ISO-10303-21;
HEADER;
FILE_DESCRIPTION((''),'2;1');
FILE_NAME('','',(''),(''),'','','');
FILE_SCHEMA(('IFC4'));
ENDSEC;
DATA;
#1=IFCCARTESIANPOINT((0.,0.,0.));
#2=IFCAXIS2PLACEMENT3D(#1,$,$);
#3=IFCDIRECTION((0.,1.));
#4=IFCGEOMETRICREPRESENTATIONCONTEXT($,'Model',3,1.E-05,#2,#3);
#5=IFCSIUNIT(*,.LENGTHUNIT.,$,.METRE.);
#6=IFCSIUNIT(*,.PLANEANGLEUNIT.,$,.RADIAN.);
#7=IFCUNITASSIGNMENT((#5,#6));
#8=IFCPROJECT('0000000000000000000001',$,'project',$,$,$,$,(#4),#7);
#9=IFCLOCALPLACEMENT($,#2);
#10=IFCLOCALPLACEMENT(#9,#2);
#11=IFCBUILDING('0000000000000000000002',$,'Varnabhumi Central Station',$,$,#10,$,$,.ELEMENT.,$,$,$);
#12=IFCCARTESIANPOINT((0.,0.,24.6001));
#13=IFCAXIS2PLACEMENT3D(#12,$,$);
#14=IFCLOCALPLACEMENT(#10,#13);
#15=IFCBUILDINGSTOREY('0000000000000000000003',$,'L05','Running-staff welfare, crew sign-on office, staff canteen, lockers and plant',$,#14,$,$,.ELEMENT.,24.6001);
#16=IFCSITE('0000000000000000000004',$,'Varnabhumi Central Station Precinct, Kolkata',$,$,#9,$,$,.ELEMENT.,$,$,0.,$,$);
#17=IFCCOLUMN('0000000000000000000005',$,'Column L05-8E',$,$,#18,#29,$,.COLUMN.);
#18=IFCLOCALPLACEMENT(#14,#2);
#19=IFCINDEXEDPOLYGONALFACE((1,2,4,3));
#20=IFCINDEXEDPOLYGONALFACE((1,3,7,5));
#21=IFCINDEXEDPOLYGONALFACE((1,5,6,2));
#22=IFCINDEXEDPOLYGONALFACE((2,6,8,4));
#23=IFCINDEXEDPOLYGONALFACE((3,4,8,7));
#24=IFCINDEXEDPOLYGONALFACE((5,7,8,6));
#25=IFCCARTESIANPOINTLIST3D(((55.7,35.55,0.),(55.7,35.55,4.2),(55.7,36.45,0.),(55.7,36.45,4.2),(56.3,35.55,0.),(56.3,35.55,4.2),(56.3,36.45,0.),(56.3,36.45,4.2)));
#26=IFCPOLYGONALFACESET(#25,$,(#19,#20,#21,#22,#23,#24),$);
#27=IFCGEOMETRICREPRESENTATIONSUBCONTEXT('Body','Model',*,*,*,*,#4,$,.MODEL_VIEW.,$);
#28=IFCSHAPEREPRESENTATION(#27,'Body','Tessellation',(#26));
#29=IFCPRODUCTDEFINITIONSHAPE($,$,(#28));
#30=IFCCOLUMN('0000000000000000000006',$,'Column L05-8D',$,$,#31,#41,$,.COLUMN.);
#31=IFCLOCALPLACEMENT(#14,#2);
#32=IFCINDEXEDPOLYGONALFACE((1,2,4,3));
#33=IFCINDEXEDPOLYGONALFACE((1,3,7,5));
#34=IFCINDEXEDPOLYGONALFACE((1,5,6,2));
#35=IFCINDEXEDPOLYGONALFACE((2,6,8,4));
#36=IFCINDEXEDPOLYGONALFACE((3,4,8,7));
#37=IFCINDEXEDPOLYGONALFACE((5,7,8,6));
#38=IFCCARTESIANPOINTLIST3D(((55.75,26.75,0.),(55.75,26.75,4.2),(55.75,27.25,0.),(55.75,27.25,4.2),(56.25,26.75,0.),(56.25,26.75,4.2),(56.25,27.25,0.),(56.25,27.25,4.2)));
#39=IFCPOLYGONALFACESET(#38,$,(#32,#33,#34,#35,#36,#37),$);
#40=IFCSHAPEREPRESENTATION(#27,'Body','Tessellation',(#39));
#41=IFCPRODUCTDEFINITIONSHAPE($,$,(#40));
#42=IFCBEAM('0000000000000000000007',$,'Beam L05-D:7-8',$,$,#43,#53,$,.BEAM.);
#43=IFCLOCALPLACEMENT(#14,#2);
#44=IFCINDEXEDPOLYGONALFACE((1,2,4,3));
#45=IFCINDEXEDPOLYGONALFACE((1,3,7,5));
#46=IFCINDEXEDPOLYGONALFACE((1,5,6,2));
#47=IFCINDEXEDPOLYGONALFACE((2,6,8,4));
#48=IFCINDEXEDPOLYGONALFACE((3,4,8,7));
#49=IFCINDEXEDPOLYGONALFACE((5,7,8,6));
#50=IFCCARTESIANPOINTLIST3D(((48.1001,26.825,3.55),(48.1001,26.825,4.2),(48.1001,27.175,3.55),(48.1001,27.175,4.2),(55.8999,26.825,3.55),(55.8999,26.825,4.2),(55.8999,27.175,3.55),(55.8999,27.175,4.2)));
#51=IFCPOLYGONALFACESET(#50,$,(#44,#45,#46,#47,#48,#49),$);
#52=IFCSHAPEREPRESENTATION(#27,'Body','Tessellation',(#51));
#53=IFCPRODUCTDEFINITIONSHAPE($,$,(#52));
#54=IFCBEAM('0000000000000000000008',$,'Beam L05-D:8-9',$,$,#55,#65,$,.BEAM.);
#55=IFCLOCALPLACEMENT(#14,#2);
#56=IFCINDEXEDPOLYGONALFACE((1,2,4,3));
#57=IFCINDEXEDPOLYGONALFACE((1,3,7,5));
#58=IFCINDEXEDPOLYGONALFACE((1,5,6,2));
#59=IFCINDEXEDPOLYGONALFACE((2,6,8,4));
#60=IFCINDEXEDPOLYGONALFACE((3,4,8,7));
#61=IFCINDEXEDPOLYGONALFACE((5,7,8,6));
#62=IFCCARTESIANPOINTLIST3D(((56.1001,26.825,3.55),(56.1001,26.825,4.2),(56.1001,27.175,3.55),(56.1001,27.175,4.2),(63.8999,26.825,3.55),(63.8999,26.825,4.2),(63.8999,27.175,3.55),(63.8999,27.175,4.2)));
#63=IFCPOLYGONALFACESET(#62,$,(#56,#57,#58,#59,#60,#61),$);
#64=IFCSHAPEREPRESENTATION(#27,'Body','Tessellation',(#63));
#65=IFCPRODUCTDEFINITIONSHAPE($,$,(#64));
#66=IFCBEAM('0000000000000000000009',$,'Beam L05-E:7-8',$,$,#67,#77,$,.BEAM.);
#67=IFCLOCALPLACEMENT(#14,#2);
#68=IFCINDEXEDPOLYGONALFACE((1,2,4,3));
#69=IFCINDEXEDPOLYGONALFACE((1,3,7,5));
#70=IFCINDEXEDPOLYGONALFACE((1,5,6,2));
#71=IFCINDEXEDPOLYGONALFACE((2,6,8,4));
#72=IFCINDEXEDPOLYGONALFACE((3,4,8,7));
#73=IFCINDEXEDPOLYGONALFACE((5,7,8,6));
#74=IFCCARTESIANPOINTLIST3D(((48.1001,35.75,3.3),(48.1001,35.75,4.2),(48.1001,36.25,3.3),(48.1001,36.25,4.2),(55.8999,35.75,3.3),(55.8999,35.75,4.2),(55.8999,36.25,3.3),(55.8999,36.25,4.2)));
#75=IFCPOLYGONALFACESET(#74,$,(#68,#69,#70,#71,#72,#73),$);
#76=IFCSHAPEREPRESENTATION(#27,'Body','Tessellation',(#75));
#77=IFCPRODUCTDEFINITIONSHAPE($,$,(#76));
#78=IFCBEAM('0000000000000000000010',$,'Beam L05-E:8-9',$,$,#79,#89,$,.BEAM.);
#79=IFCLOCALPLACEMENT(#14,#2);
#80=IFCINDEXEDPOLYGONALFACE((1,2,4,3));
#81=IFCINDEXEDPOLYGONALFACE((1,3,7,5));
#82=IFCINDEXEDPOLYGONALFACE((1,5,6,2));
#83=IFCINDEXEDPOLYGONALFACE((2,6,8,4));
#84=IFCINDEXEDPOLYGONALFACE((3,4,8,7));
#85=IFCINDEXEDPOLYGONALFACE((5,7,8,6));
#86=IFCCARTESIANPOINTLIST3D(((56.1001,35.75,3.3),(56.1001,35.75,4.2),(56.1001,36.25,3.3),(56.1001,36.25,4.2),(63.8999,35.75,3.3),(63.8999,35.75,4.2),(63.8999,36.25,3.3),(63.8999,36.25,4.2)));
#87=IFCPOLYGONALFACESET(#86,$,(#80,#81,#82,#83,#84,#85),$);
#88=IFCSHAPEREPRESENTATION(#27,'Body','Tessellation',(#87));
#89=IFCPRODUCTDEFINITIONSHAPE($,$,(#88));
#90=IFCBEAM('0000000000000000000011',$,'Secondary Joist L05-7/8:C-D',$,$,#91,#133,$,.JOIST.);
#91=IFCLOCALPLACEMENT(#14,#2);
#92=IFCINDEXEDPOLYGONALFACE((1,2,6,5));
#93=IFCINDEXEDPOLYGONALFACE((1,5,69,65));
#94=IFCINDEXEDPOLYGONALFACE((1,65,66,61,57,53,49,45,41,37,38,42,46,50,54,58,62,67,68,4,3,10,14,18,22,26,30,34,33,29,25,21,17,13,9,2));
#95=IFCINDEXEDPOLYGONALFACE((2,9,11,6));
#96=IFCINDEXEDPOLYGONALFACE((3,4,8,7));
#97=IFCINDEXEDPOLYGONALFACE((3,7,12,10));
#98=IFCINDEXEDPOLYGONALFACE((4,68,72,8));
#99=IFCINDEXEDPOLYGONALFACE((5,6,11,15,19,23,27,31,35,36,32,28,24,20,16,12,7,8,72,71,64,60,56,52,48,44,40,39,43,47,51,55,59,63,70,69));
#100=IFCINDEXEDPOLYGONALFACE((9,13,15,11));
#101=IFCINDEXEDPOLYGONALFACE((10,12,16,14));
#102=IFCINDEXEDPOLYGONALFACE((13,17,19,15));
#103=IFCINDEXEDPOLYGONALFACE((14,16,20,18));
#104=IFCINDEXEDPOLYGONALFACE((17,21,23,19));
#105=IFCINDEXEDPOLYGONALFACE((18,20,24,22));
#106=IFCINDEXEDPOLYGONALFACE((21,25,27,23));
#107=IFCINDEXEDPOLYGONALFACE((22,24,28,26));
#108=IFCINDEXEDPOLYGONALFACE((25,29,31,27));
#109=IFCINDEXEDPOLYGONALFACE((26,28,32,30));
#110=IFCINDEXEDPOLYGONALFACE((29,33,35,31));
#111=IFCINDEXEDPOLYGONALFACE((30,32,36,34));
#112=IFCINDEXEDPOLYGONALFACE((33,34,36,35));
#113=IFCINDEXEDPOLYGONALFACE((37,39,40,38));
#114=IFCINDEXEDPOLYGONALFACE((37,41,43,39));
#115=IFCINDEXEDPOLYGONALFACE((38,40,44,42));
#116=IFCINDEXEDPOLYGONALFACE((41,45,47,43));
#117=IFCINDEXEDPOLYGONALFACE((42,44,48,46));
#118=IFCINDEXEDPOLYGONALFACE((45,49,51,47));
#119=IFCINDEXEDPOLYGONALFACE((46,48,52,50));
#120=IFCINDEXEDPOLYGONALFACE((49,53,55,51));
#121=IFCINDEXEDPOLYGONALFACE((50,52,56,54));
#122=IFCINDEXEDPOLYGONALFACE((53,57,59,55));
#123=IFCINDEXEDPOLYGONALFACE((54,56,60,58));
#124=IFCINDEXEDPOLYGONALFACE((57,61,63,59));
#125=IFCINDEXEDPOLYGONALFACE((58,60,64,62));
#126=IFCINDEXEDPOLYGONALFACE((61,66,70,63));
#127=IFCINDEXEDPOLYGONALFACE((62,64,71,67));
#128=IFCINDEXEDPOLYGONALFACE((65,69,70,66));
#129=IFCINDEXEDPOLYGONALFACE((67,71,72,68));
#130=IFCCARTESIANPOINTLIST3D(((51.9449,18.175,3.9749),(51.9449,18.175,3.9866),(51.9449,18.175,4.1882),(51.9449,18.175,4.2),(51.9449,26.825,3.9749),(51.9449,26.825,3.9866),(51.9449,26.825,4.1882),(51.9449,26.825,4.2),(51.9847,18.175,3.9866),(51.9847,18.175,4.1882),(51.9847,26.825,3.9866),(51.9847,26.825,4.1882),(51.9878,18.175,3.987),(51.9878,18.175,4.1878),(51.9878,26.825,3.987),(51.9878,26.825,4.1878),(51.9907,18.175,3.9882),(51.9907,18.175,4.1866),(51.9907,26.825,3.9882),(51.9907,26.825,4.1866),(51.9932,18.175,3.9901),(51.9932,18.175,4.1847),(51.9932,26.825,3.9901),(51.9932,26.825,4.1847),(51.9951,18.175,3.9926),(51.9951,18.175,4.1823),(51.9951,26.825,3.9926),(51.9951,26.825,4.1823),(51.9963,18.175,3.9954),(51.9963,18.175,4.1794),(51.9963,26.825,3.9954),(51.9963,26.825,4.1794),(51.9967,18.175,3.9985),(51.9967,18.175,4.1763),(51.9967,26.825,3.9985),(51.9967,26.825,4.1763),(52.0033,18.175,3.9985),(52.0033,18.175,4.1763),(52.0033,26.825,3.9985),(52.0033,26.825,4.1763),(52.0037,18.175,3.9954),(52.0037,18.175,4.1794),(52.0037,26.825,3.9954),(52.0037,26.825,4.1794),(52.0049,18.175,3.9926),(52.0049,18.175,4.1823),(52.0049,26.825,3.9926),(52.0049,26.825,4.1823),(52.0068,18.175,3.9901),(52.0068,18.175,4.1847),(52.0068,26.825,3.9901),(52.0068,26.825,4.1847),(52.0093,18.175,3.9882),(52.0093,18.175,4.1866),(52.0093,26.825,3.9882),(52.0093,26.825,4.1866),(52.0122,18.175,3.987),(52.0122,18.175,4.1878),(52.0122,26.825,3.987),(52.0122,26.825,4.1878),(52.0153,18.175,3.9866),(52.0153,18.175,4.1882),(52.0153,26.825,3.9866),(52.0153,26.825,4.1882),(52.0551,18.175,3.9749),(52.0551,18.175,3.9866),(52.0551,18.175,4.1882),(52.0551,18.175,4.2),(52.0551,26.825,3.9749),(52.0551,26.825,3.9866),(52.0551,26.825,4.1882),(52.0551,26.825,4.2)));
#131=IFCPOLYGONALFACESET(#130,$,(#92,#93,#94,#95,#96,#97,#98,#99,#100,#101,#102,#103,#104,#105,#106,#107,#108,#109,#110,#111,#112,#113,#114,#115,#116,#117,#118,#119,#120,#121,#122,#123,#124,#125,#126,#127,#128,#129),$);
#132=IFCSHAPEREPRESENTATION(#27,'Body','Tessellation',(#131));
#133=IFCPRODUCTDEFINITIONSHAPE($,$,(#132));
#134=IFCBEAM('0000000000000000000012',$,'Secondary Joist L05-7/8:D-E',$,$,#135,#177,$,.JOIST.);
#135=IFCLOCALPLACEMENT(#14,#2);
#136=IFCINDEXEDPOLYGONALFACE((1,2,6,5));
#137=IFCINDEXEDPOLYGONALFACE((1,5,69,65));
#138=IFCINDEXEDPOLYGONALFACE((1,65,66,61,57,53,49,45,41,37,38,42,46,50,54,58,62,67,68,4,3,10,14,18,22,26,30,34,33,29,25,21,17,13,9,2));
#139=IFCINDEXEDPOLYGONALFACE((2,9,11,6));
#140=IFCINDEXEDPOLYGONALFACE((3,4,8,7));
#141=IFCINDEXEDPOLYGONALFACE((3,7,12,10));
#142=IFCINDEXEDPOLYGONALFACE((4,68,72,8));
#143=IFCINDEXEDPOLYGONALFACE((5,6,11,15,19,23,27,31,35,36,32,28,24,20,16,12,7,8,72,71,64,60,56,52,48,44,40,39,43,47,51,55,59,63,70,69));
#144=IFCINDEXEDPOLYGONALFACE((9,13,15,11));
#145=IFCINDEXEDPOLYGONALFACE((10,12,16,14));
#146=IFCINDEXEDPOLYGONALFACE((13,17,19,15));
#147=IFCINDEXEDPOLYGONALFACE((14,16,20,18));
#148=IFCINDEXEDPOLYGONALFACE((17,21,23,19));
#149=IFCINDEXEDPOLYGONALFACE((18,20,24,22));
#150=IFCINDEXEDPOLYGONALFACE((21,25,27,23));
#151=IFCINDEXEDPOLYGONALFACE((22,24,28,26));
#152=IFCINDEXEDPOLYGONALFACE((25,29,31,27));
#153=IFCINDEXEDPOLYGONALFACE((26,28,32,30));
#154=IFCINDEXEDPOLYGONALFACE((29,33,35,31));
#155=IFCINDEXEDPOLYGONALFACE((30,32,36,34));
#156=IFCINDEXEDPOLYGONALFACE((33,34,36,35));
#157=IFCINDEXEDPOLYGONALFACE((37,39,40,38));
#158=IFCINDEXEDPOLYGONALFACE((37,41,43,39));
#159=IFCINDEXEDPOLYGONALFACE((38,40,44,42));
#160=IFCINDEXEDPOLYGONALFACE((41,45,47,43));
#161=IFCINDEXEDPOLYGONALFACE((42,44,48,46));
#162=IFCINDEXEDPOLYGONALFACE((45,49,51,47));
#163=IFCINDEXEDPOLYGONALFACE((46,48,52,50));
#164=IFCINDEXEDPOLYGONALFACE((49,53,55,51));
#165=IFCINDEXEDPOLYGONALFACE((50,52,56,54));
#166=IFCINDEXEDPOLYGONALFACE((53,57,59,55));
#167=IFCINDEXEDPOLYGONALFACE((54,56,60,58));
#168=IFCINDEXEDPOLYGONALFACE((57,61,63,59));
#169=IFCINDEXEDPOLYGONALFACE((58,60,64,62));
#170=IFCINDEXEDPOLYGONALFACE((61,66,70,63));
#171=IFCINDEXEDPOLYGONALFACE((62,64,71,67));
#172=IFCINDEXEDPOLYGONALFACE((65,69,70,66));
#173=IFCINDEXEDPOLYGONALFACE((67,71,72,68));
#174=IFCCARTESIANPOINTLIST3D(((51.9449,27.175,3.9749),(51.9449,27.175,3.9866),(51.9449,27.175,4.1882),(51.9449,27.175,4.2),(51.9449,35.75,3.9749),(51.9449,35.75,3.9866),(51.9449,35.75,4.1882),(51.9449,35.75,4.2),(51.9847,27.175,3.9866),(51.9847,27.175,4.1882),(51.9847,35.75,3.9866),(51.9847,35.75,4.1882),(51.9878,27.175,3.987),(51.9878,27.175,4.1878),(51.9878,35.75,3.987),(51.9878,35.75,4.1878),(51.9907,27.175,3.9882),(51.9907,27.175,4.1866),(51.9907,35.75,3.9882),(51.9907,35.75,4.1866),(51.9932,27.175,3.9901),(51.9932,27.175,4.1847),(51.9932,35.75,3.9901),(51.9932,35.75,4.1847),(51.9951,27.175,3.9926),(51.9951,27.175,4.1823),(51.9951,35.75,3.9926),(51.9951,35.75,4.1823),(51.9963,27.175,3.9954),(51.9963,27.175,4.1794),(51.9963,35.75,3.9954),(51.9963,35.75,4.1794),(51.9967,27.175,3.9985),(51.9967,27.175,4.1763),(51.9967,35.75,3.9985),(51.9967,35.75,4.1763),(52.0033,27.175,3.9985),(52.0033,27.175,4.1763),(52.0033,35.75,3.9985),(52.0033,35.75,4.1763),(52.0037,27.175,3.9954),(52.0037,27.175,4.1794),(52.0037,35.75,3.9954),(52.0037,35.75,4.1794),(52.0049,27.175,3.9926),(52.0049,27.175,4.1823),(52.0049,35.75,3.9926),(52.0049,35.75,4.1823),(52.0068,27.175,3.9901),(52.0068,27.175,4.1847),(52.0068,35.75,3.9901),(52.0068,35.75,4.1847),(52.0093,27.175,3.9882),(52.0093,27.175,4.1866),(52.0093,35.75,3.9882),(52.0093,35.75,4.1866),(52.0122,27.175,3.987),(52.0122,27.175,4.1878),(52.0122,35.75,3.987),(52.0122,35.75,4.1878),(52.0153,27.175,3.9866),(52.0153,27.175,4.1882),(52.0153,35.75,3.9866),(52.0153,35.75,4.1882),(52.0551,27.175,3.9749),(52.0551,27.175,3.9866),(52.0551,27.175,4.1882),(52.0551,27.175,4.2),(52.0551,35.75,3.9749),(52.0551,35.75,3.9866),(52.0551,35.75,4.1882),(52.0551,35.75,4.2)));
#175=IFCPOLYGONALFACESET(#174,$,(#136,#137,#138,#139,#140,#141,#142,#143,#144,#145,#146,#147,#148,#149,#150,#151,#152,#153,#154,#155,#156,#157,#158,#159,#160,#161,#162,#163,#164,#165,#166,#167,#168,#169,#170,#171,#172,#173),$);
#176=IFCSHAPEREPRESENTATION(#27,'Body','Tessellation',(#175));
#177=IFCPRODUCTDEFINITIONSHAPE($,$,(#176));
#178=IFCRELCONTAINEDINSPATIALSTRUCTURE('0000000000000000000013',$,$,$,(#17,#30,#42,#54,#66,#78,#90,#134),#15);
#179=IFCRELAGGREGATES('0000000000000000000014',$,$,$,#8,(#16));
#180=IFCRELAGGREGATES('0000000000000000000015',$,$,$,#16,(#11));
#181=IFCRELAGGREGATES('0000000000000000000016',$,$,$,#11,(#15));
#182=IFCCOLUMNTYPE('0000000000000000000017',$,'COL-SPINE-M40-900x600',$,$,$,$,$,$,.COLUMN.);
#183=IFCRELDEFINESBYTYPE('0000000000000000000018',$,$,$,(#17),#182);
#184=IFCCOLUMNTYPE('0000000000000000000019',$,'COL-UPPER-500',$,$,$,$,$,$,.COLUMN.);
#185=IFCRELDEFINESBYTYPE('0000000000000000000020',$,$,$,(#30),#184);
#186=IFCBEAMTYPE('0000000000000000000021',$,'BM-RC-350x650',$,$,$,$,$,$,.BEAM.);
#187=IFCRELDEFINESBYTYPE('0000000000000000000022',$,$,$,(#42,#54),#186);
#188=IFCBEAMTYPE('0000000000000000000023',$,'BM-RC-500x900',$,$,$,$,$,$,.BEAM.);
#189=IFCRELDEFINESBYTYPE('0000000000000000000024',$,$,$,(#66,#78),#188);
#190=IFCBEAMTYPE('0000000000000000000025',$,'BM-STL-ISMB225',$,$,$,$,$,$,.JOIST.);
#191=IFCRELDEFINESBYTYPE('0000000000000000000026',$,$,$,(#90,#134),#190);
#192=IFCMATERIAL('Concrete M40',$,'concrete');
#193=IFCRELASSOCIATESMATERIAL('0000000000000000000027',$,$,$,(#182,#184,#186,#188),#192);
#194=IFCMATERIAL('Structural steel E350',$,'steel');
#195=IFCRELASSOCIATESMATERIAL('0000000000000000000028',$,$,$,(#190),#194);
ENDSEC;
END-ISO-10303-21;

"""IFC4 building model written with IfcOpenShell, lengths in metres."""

from ifc_helpers import new_model, si_unit, direction, frame, origin, origin_2d, place, context, subcontext, project, spatial, rectangle, i_section, extrude, material, material_profile, profile_set, type_object, element, save


model = new_model("IFC4")

# Units and contexts
model_context = context("Model", 3, precision=1e-05, world=origin(), true_north=direction((0.0, 1.0)))
body_context = subcontext(model_context, "Body", "Model", "MODEL_VIEW")
ifc_project = project(units=[si_unit("LENGTHUNIT", "METRE"), si_unit("PLANEANGLEUNIT", "RADIAN")], contexts=[model_context])

# Site, building, storey
site_placement = place(None, origin())
site = spatial("IfcSite", under=ifc_project, at=site_placement, Name="Varnabhumi Central Station Precinct, Kolkata", CompositionType="ELEMENT", RefElevation=0.0)
building_placement = place(site_placement, origin())
building = spatial("IfcBuilding", under=site, at=building_placement, Name="Varnabhumi Central Station", CompositionType="ELEMENT")
storey_placement = place(building_placement, frame((0.0, 0.0, 24.6001)))
storey = spatial("IfcBuildingStorey", under=building, at=storey_placement, Name="L05", Description="Running-staff welfare, crew sign-on office, staff canteen, lockers and plant", CompositionType="ELEMENT", Elevation=24.6001)

# Columns
ifc_material_1 = material(Name="Concrete M40", Category="concrete")
ifc_material_profile_1 = material_profile(ifc_material_1, rectangle(XDim=0.6001, YDim=0.8999, at=origin_2d()), Name="Concrete M40", Category="concrete")
ifc_profile_set_1 = profile_set([ifc_material_profile_1], Name="Concrete M40")
column_type_1 = type_object("IfcColumnType", Name="COL-SPINE-M40-900x600", PredefinedType="COLUMN", material=ifc_profile_set_1)
column_1_placement = place(storey_placement, frame((56.0, 36.0, 0.0), z_axis=(0.0, 0.0, 1.0), x_axis=(1.0, 0.0, 0.0)))
element("IfcColumn", 1, at=column_1_placement, inside=storey, type_object=column_type_1, Name="Column L05-8E", PredefinedType="COLUMN", context=body_context, shape_type="SweptSolid", body=[
    extrude(rectangle(XDim=0.6001, YDim=0.8999, at=origin_2d()), origin(), (0.0, 0.0, 1.0), 4.2),
])
ifc_material_profile_2 = material_profile(ifc_material_1, rectangle(XDim=0.5, YDim=0.5, at=origin_2d()), Name="Concrete M40", Category="concrete")
ifc_profile_set_2 = profile_set([ifc_material_profile_2], Name="Concrete M40")
column_type_2 = type_object("IfcColumnType", Name="COL-UPPER-500", PredefinedType="COLUMN", material=ifc_profile_set_2)
column_2_placement = place(storey_placement, frame((56.0, 27.0, 0.0), z_axis=(0.0, 0.0, 1.0), x_axis=(1.0, 0.0, 0.0)))
element("IfcColumn", 2, at=column_2_placement, inside=storey, type_object=column_type_2, Name="Column L05-8D", PredefinedType="COLUMN", context=body_context, shape_type="SweptSolid", body=[
    extrude(rectangle(XDim=0.5, YDim=0.5, at=origin_2d()), origin(), (0.0, 0.0, 1.0), 4.2),
])

# Beams
ifc_material_profile_3 = material_profile(ifc_material_1, rectangle(XDim=0.3501, YDim=0.6499, at=origin_2d()), Name="Concrete M40", Category="concrete")
ifc_profile_set_3 = profile_set([ifc_material_profile_3], Name="Concrete M40")
beam_type_1 = type_object("IfcBeamType", Name="BM-RC-350x650", PredefinedType="BEAM", material=ifc_profile_set_3)
for number, where, z_axis, x_axis, name in (
    (3, (48.1001, 27.0, 3.875), (1.0, 0.0, 0.0), (0.0, 1.0, 0.0), "Beam L05-D:7-8"),
    (4, (56.1001, 27.0, 3.875), (1.0, 0.0, 0.0), (0.0, 1.0, 0.0), "Beam L05-D:8-9"),
):
    element("IfcBeam", number, at=place(storey_placement, frame(where, z_axis=z_axis, x_axis=x_axis)), inside=storey, type_object=beam_type_1, Name=name, PredefinedType="BEAM", context=body_context, shape_type="SweptSolid", body=[
        extrude(rectangle(XDim=0.3501, YDim=0.6499, at=origin_2d()), origin(), (0.0, 0.0, 1.0), 7.7998),
    ])
ifc_material_profile_4 = material_profile(ifc_material_1, rectangle(XDim=0.5, YDim=0.8999, at=origin_2d()), Name="Concrete M40", Category="concrete")
ifc_profile_set_4 = profile_set([ifc_material_profile_4], Name="Concrete M40")
beam_type_2 = type_object("IfcBeamType", Name="BM-RC-500x900", PredefinedType="BEAM", material=ifc_profile_set_4)
for number, where, z_axis, x_axis, name in (
    (5, (48.1001, 36.0, 3.75), (1.0, 0.0, 0.0), (0.0, 1.0, 0.0), "Beam L05-E:7-8"),
    (6, (56.1001, 36.0, 3.75), (1.0, 0.0, 0.0), (0.0, 1.0, 0.0), "Beam L05-E:8-9"),
):
    element("IfcBeam", number, at=place(storey_placement, frame(where, z_axis=z_axis, x_axis=x_axis)), inside=storey, type_object=beam_type_2, Name=name, PredefinedType="BEAM", context=body_context, shape_type="SweptSolid", body=[
        extrude(rectangle(XDim=0.5, YDim=0.8999, at=origin_2d()), origin(), (0.0, 0.0, 1.0), 7.7998),
    ])
ifc_material_2 = material(Name="Structural steel E350", Category="steel")
ifc_material_profile_5 = material_profile(ifc_material_2, i_section(OverallWidth=0.1101, OverallDepth=0.2251, WebThickness=0.0066, FlangeThickness=0.0117, FilletRadius=0.012, at=origin_2d()), Name="Structural steel E350", Category="steel")
ifc_profile_set_5 = profile_set([ifc_material_profile_5], Name="Structural steel E350")
beam_type_3 = type_object("IfcBeamType", Name="BM-STL-ISMB225", PredefinedType="JOIST", material=ifc_profile_set_5)
beam_1_placement = place(storey_placement, frame((52.0, 18.175, 4.0874), z_axis=(0.0, 1.0, 0.0), x_axis=(-1.0, 0.0, 0.0)))
element("IfcBeam", 7, at=beam_1_placement, inside=storey, type_object=beam_type_3, Name="Secondary Joist L05-7/8:C-D", PredefinedType="JOIST", context=body_context, shape_type="SweptSolid", body=[
    extrude(i_section(OverallWidth=0.1101, OverallDepth=0.2251, WebThickness=0.0066, FlangeThickness=0.0117, FilletRadius=0.012, at=origin_2d()), origin(), (0.0, 0.0, 1.0), 8.6499),
])
beam_2_placement = place(storey_placement, frame((52.0, 27.175, 4.0874), z_axis=(0.0, 1.0, 0.0), x_axis=(-1.0, 0.0, 0.0)))
element("IfcBeam", 8, at=beam_2_placement, inside=storey, type_object=beam_type_3, Name="Secondary Joist L05-7/8:D-E", PredefinedType="JOIST", context=body_context, shape_type="SweptSolid", body=[
    extrude(i_section(OverallWidth=0.1101, OverallDepth=0.2251, WebThickness=0.0066, FlangeThickness=0.0117, FilletRadius=0.012, at=origin_2d()), origin(), (0.0, 0.0, 1.0), 8.575),
])

save(model, "model.ifc")
